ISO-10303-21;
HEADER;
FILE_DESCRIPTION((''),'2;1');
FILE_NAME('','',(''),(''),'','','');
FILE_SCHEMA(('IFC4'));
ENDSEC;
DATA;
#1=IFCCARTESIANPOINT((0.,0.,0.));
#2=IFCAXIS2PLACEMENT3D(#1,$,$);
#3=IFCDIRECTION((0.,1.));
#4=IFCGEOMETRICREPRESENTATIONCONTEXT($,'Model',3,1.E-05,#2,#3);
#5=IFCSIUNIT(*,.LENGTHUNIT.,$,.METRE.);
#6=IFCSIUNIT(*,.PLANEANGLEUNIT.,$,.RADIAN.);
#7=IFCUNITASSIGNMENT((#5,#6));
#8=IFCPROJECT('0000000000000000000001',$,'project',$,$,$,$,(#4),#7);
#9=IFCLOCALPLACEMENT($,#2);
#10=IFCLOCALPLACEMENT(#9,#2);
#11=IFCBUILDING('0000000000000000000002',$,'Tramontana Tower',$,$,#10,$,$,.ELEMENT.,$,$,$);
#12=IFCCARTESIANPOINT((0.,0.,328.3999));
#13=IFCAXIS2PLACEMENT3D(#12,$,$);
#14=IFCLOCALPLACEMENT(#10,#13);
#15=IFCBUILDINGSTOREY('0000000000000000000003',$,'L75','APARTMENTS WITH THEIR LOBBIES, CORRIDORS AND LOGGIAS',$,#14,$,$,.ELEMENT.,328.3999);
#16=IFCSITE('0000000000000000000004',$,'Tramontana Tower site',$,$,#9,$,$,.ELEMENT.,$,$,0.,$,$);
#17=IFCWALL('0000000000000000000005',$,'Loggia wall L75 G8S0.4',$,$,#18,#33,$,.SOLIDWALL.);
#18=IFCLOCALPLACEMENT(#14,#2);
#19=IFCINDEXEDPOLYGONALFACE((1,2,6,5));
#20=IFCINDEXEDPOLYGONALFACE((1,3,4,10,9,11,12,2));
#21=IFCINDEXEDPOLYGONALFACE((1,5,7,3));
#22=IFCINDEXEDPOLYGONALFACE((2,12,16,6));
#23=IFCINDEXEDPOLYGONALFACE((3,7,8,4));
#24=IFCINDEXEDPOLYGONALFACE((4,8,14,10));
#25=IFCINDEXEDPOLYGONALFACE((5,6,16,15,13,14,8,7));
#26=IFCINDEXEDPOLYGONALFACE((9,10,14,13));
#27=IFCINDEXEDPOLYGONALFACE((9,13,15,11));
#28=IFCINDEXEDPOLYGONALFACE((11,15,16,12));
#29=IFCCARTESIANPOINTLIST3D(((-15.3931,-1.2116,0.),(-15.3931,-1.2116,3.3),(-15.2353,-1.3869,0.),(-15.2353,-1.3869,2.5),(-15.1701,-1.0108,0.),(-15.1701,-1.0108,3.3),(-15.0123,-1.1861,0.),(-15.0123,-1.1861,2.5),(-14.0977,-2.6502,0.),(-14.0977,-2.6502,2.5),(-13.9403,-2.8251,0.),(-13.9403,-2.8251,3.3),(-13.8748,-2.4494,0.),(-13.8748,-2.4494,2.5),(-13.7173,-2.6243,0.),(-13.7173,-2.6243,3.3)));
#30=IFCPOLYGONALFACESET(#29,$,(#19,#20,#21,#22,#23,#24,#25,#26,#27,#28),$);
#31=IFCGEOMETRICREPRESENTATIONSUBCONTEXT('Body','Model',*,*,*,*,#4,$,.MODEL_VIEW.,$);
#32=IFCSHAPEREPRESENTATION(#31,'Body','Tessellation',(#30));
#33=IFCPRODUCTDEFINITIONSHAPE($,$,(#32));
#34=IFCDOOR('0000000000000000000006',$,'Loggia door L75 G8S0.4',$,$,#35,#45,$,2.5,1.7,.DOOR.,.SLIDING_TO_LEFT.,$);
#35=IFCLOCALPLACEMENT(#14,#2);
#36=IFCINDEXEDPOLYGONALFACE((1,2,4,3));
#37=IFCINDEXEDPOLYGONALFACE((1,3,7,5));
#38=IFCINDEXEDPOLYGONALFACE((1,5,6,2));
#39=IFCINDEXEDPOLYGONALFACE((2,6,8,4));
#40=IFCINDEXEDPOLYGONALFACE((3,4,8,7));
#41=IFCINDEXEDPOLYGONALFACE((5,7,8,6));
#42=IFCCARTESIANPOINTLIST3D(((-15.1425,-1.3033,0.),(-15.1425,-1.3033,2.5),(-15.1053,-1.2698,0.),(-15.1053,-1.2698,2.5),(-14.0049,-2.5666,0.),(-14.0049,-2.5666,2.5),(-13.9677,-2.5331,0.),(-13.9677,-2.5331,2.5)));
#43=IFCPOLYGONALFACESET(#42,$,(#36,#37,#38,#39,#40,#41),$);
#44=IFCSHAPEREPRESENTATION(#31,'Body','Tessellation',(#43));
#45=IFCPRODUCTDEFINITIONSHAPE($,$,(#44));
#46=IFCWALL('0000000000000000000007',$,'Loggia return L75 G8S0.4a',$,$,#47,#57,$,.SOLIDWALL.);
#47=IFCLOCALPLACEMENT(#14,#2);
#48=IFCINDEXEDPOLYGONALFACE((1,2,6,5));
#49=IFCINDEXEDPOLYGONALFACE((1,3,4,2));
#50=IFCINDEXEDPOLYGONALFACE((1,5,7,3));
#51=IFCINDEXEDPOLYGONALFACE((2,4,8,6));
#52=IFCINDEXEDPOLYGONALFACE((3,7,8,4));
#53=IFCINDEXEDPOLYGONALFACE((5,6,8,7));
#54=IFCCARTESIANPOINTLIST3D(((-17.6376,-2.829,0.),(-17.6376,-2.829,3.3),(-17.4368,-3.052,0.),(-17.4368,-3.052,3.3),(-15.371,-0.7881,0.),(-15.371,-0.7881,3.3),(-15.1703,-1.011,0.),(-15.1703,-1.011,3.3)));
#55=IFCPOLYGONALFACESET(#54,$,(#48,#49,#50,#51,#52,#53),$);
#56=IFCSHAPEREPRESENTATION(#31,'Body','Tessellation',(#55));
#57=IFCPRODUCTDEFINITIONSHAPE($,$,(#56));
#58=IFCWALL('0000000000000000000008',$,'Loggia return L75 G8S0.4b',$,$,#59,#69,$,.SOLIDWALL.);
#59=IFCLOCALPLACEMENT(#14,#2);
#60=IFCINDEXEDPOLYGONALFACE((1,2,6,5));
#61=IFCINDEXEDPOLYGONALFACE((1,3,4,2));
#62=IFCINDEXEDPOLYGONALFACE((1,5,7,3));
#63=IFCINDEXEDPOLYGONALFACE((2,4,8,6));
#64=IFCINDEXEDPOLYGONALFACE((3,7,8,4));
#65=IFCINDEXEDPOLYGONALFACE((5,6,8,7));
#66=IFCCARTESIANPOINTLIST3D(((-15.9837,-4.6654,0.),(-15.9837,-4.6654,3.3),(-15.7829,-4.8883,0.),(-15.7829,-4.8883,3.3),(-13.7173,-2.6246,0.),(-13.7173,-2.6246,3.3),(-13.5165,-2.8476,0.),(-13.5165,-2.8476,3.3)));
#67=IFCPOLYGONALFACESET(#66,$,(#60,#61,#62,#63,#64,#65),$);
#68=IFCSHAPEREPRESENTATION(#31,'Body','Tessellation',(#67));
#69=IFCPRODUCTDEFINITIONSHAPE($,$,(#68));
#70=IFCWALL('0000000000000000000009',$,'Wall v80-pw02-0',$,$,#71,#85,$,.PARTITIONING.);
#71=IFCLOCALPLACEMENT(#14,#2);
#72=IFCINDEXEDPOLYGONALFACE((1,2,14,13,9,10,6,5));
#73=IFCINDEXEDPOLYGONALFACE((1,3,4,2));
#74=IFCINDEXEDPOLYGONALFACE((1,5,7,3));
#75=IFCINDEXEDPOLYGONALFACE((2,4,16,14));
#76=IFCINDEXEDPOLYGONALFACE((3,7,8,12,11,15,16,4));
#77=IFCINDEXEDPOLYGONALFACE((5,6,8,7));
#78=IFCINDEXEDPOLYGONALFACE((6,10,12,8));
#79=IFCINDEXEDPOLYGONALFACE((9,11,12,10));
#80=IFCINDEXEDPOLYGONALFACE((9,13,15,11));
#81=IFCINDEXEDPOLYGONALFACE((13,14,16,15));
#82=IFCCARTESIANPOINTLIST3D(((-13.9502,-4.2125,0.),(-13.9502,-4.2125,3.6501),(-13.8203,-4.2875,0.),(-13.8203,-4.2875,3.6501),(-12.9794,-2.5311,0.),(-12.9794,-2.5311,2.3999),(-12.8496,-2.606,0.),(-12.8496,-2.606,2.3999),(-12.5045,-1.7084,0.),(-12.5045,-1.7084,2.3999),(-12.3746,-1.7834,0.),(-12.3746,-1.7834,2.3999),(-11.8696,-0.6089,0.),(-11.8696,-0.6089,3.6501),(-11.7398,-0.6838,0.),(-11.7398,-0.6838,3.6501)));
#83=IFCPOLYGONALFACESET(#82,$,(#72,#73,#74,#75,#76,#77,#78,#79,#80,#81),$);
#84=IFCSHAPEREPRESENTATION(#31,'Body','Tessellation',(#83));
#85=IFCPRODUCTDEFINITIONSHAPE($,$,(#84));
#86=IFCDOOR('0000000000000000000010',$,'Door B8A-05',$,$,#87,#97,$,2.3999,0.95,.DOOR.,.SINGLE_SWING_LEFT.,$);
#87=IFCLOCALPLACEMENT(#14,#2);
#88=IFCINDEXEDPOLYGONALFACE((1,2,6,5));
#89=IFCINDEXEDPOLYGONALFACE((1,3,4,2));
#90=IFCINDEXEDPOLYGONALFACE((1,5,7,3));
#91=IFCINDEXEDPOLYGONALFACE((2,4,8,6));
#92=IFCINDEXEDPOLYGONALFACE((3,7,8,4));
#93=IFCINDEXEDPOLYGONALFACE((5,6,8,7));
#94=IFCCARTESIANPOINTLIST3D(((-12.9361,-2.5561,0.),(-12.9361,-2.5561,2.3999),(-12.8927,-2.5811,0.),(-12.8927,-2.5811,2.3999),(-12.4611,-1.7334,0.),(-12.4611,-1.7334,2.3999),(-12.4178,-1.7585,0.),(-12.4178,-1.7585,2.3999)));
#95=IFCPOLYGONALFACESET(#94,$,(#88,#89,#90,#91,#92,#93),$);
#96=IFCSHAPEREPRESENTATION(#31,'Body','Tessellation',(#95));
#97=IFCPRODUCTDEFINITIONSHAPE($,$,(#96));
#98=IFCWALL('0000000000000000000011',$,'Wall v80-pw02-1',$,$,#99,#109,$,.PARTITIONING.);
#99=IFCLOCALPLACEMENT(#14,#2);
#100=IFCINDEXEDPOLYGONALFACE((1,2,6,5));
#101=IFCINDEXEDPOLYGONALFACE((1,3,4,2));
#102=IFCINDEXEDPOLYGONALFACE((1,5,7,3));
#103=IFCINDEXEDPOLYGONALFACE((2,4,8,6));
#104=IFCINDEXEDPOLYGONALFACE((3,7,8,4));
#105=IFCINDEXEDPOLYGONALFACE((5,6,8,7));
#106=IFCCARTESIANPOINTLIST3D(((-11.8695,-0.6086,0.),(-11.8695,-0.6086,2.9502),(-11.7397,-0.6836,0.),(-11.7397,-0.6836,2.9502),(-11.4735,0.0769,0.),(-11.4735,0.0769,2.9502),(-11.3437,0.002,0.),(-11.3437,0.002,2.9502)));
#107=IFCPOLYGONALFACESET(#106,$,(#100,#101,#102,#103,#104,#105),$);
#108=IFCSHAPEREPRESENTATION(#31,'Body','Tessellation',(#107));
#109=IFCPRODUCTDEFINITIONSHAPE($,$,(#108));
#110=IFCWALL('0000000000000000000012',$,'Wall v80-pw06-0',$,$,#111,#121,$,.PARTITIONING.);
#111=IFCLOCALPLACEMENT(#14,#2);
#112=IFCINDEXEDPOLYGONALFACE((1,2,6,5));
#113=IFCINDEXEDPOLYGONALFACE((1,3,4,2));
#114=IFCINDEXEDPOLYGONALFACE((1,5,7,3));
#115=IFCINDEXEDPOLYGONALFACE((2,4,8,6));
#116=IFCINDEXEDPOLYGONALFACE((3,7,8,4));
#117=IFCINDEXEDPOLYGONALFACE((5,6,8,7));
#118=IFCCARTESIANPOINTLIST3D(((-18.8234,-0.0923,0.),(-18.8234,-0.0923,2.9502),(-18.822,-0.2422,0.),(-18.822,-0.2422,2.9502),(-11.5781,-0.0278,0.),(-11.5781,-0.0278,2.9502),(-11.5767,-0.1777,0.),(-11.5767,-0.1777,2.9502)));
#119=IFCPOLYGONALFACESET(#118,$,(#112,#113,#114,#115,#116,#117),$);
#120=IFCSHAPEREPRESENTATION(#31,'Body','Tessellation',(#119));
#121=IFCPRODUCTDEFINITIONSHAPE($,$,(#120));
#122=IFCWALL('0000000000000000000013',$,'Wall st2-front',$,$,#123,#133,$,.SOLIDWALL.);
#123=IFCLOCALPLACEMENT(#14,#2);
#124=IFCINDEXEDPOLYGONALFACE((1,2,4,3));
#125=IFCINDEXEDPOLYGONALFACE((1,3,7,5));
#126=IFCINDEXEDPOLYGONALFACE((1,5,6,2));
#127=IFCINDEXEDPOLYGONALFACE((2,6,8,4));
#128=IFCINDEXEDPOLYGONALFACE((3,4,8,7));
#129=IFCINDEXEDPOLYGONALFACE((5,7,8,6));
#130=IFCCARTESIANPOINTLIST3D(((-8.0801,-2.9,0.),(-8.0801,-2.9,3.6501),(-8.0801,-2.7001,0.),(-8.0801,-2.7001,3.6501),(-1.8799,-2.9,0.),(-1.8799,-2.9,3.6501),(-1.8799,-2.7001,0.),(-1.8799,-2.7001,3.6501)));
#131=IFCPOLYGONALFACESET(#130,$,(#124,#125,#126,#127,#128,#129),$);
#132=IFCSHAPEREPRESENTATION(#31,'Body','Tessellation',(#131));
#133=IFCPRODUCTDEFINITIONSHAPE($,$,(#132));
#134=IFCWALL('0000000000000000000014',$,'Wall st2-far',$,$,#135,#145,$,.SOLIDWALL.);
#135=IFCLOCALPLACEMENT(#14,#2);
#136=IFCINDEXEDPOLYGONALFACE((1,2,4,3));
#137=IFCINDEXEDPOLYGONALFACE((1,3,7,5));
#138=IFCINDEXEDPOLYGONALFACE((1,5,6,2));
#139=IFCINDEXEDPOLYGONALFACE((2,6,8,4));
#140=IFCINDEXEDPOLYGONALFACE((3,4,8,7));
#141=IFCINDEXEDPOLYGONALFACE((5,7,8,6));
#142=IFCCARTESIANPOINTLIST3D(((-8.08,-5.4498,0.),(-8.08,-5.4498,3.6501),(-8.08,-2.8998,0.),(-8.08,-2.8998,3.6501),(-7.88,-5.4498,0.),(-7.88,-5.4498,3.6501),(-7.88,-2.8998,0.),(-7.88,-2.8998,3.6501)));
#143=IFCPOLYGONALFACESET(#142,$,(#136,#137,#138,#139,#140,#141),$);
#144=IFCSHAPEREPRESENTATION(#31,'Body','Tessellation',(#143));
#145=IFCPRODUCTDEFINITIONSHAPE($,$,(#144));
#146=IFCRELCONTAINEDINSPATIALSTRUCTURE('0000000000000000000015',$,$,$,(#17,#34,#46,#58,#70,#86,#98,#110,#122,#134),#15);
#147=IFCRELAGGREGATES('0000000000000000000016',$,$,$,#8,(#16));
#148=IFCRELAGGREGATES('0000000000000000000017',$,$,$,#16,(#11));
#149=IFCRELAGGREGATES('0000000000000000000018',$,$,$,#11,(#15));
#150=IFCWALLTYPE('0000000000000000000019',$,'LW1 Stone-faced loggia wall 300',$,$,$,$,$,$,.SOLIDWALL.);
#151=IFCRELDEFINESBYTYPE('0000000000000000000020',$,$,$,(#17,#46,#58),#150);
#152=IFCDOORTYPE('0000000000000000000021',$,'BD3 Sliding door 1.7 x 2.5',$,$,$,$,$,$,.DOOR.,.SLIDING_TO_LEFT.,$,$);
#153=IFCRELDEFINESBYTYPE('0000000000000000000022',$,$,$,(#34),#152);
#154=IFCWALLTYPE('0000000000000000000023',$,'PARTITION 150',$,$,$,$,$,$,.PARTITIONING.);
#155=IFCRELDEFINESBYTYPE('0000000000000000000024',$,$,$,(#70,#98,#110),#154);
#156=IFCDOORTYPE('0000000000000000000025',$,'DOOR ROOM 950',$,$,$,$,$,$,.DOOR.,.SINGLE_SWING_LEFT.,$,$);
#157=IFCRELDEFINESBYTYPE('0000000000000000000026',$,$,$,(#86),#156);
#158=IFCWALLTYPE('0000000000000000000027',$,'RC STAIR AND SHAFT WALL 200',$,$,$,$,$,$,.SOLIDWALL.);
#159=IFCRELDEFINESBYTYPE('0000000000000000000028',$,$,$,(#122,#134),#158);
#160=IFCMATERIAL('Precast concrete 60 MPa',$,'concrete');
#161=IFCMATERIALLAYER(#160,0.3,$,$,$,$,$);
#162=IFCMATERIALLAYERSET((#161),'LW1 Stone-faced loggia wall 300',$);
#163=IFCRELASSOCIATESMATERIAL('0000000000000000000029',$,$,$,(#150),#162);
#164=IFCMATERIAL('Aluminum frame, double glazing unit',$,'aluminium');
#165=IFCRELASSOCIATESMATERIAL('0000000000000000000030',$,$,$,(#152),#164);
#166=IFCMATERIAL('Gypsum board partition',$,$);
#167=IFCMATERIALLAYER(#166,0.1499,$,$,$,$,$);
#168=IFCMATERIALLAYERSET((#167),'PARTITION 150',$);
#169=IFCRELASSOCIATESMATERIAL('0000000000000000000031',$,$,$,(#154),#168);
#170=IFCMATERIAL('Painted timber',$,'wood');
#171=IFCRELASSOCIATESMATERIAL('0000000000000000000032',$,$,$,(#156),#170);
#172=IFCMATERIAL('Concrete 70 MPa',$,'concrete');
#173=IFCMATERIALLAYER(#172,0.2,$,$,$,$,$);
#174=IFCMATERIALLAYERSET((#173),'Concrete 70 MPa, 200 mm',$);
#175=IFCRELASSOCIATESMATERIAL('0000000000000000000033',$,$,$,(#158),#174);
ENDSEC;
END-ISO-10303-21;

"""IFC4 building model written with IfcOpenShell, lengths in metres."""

from ifc_helpers import new_model, si_unit, direction, frame, frame_2d, origin, place, context, subcontext, project, spatial, rectangle, extrude, material, layer, layer_set, type_object, element, fill, save


model = new_model("IFC4")

# Units and contexts
model_context = context("Model", 3, precision=1e-05, world=origin(), true_north=direction((0.0, 1.0)))
body_context = subcontext(model_context, "Body", "Model", "MODEL_VIEW")
ifc_project = project(units=[si_unit("LENGTHUNIT", "METRE"), si_unit("PLANEANGLEUNIT", "RADIAN")], contexts=[model_context])

# Site, building, storey
site_placement = place(None, origin())
site = spatial("IfcSite", under=ifc_project, at=site_placement, Name="Tramontana Tower site", CompositionType="ELEMENT", RefElevation=0.0)
building_placement = place(site_placement, origin())
building = spatial("IfcBuilding", under=site, at=building_placement, Name="Tramontana Tower", CompositionType="ELEMENT")
storey_placement = place(building_placement, frame((0.0, 0.0, 328.3999)))
storey = spatial("IfcBuildingStorey", under=building, at=storey_placement, Name="L75", Description="APARTMENTS WITH THEIR LOBBIES, CORRIDORS AND LOGGIAS", CompositionType="ELEMENT", Elevation=328.3999)

# Wall, opening, door
ifc_material_1 = material(Name="Precast concrete 60 MPa", Category="concrete")
ifc_layer_1 = layer(ifc_material_1, 0.3)
ifc_layer_set_1 = layer_set([ifc_layer_1], Name="LW1 Stone-faced loggia wall 300")
wall_type_1 = type_object("IfcWallType", Name="LW1 Stone-faced loggia wall 300", PredefinedType="SOLIDWALL", material=ifc_layer_set_1)
wall_1_placement = place(storey_placement, frame((-15.2815, -1.1113, 0.0), z_axis=(0.0, 0.0, 1.0), x_axis=(0.669145, -0.743132, 0.0)))
wall_1 = element("IfcWall", 1, at=wall_1_placement, inside=storey, type_object=wall_type_1, Name="Loggia wall L75 G8S0.4", PredefinedType="SOLIDWALL", context=body_context, shape_type="SweptSolid", body=[
    extrude(rectangle(XDim=2.1711, YDim=0.3, at=frame_2d((1.0854, 0.0))), origin(), (0.0, 0.0, 1.0), 3.3),
])
opening_1_placement = place(wall_1_placement, frame((0.2356, 0.0, 0.0)))
opening_1 = element("IfcOpeningElement", 2, at=opening_1_placement, cuts=wall_1, PredefinedType="OPENING", context=body_context, shape_type="SweptSolid", body=[
    extrude(rectangle(XDim=1.7, YDim=2.5, at=frame_2d((0.8501, 1.25))), frame((0.0, 0.1599, 0.0), z_axis=(0.0, -1.0, 0.0), x_axis=(1.0, 0.0, 0.0)), (0.0, 0.0, 1.0), 0.3201),
])
ifc_material_2 = material(Name="Aluminum frame, double glazing unit", Category="aluminium")
door_type_1 = type_object("IfcDoorType", Name="BD3 Sliding door 1.7 x 2.5", OperationType="SLIDING_TO_LEFT", PredefinedType="DOOR", material=ifc_material_2)
door_1_placement = place(opening_1_placement, origin())
door_1 = element("IfcDoor", 3, at=door_1_placement, inside=storey, type_object=door_type_1, Name="Loggia door L75 G8S0.4", OperationType="SLIDING_TO_LEFT", OverallHeight=2.5, OverallWidth=1.7, PredefinedType="DOOR", context=body_context, shape_type="SweptSolid", body=[
    extrude(rectangle(XDim=1.7, YDim=2.5, at=frame_2d((0.8501, 1.25))), frame((0.0, 0.0249, 0.0), z_axis=(0.0, -1.0, 0.0), x_axis=(1.0, 0.0, 0.0)), (0.0, 0.0, 1.0), 0.05),
])
fill(opening_1, door_1)

# Walls
wall_2_placement = place(storey_placement, frame((-17.5371, -2.9404, 0.0), z_axis=(0.0, 0.0, 1.0), x_axis=(0.743119, 0.669159, 0.0)))
element("IfcWall", 4, at=wall_2_placement, inside=storey, type_object=wall_type_1, Name="Loggia return L75 G8S0.4a", PredefinedType="SOLIDWALL", context=body_context, shape_type="SweptSolid", body=[
    extrude(rectangle(XDim=3.05, YDim=0.3, at=frame_2d((1.5249, 0.0))), origin(), (0.0, 0.0, 1.0), 3.3),
])
wall_3_placement = place(storey_placement, frame((-15.8833, -4.7769, 0.0), z_axis=(0.0, 0.0, 1.0), x_axis=(0.743123, 0.669155, 0.0)))
element("IfcWall", 5, at=wall_3_placement, inside=storey, type_object=wall_type_1, Name="Loggia return L75 G8S0.4b", PredefinedType="SOLIDWALL", context=body_context, shape_type="SweptSolid", body=[
    extrude(rectangle(XDim=3.0498, YDim=0.3, at=frame_2d((1.5249, 0.0))), origin(), (0.0, 0.0, 1.0), 3.3),
])

# Wall, opening, door
ifc_material_3 = material(Name="Gypsum board partition")
ifc_layer_2 = layer(ifc_material_3, 0.1499)
ifc_layer_set_2 = layer_set([ifc_layer_2], Name="PARTITION 150")
wall_type_2 = type_object("IfcWallType", Name="PARTITION 150", PredefinedType="PARTITIONING", material=ifc_layer_set_2)
wall_4_placement = place(storey_placement, frame((-13.8853, -4.25, 0.0), z_axis=(0.0, 0.0, 1.0), x_axis=(0.499988, 0.866032, 0.0)))
wall_4 = element("IfcWall", 6, at=wall_4_placement, inside=storey, type_object=wall_type_2, Name="Wall v80-pw02-0", PredefinedType="PARTITIONING", context=body_context, shape_type="SweptSolid", body=[
    extrude(rectangle(XDim=4.1611, YDim=0.1499, at=frame_2d((2.0806, 0.0))), origin(), (0.0, 0.0, 1.0), 3.6501),
])
opening_2_placement = place(wall_4_placement, frame((1.9414, 0.0, 0.0)))
opening_2 = element("IfcOpeningElement", 7, at=opening_2_placement, cuts=wall_4, PredefinedType="OPENING", context=body_context, shape_type="SweptSolid", body=[
    extrude(rectangle(XDim=0.95, YDim=2.3999, at=frame_2d((0.4751, 1.2))), frame((0.0, 0.085, 0.0), z_axis=(0.0, -1.0, 0.0), x_axis=(1.0, 0.0, 0.0)), (0.0, 0.0, 1.0), 0.1699),
])
ifc_material_4 = material(Name="Painted timber", Category="wood")
door_type_2 = type_object("IfcDoorType", Name="DOOR ROOM 950", OperationType="SINGLE_SWING_LEFT", PredefinedType="DOOR", material=ifc_material_4)
door_2_placement = place(opening_2_placement, origin())
door_2 = element("IfcDoor", 8, at=door_2_placement, inside=storey, type_object=door_type_2, Name="Door B8A-05", OperationType="SINGLE_SWING_LEFT", OverallHeight=2.3999, OverallWidth=0.95, PredefinedType="DOOR", context=body_context, shape_type="SweptSolid", body=[
    extrude(rectangle(XDim=0.95, YDim=2.3999, at=frame_2d((0.4751, 1.2))), frame((0.0, 0.0249, 0.0), z_axis=(0.0, -1.0, 0.0), x_axis=(1.0, 0.0, 0.0)), (0.0, 0.0, 1.0), 0.05),
])
fill(opening_2, door_2)

# Walls
wall_5_placement = place(storey_placement, frame((-11.8047, -0.6462, 0.0), z_axis=(0.0, 0.0, 1.0), x_axis=(0.500185, 0.865919, 0.0)))
element("IfcWall", 9, at=wall_5_placement, inside=storey, type_object=wall_type_2, Name="Wall v80-pw02-1", PredefinedType="PARTITIONING", context=body_context, shape_type="SweptSolid", body=[
    extrude(rectangle(XDim=0.7917, YDim=0.1499, at=frame_2d((0.396, 0.0))), origin(), (0.0, 0.0, 1.0), 2.9502),
])
wall_6_placement = place(storey_placement, frame((-11.5774, -0.1028, 0.0), z_axis=(0.0, 0.0, 1.0), x_axis=(-0.99996, -0.008895, 0.0)))
element("IfcWall", 10, at=wall_6_placement, inside=storey, type_object=wall_type_2, Name="Wall v80-pw06-0", PredefinedType="PARTITIONING", context=body_context, shape_type="SweptSolid", body=[
    extrude(rectangle(XDim=7.2456, YDim=0.1499, at=frame_2d((3.6228, 0.0))), origin(), (0.0, 0.0, 1.0), 2.9502),
])
ifc_material_5 = material(Name="Concrete 70 MPa", Category="concrete")
ifc_layer_3 = layer(ifc_material_5, 0.2)
ifc_layer_set_3 = layer_set([ifc_layer_3], Name="Concrete 70 MPa, 200 mm")
wall_type_3 = type_object("IfcWallType", Name="RC STAIR AND SHAFT WALL 200", PredefinedType="SOLIDWALL", material=ifc_layer_set_3)
wall_7_placement = place(storey_placement, frame((-8.0801, -2.8, 0.0), z_axis=(0.0, 0.0, 1.0), x_axis=(1.0, 0.0, 0.0)))
element("IfcWall", 11, at=wall_7_placement, inside=storey, type_object=wall_type_3, Name="Wall st2-front", PredefinedType="SOLIDWALL", context=body_context, shape_type="SweptSolid", body=[
    extrude(rectangle(XDim=6.2002, YDim=0.2, at=frame_2d((3.1001, 0.0))), origin(), (0.0, 0.0, 1.0), 3.6501),
])
wall_8_placement = place(storey_placement, frame((-7.98, -2.8999, 0.0), z_axis=(0.0, 0.0, 1.0), x_axis=(0.0, -1.0, 0.0)))
element("IfcWall", 12, at=wall_8_placement, inside=storey, type_object=wall_type_3, Name="Wall st2-far", PredefinedType="SOLIDWALL", context=body_context, shape_type="SweptSolid", body=[
    extrude(rectangle(XDim=2.55, YDim=0.2, at=frame_2d((1.2749, 0.0))), origin(), (0.0, 0.0, 1.0), 3.6501),
])

save(model, "model.ifc")
